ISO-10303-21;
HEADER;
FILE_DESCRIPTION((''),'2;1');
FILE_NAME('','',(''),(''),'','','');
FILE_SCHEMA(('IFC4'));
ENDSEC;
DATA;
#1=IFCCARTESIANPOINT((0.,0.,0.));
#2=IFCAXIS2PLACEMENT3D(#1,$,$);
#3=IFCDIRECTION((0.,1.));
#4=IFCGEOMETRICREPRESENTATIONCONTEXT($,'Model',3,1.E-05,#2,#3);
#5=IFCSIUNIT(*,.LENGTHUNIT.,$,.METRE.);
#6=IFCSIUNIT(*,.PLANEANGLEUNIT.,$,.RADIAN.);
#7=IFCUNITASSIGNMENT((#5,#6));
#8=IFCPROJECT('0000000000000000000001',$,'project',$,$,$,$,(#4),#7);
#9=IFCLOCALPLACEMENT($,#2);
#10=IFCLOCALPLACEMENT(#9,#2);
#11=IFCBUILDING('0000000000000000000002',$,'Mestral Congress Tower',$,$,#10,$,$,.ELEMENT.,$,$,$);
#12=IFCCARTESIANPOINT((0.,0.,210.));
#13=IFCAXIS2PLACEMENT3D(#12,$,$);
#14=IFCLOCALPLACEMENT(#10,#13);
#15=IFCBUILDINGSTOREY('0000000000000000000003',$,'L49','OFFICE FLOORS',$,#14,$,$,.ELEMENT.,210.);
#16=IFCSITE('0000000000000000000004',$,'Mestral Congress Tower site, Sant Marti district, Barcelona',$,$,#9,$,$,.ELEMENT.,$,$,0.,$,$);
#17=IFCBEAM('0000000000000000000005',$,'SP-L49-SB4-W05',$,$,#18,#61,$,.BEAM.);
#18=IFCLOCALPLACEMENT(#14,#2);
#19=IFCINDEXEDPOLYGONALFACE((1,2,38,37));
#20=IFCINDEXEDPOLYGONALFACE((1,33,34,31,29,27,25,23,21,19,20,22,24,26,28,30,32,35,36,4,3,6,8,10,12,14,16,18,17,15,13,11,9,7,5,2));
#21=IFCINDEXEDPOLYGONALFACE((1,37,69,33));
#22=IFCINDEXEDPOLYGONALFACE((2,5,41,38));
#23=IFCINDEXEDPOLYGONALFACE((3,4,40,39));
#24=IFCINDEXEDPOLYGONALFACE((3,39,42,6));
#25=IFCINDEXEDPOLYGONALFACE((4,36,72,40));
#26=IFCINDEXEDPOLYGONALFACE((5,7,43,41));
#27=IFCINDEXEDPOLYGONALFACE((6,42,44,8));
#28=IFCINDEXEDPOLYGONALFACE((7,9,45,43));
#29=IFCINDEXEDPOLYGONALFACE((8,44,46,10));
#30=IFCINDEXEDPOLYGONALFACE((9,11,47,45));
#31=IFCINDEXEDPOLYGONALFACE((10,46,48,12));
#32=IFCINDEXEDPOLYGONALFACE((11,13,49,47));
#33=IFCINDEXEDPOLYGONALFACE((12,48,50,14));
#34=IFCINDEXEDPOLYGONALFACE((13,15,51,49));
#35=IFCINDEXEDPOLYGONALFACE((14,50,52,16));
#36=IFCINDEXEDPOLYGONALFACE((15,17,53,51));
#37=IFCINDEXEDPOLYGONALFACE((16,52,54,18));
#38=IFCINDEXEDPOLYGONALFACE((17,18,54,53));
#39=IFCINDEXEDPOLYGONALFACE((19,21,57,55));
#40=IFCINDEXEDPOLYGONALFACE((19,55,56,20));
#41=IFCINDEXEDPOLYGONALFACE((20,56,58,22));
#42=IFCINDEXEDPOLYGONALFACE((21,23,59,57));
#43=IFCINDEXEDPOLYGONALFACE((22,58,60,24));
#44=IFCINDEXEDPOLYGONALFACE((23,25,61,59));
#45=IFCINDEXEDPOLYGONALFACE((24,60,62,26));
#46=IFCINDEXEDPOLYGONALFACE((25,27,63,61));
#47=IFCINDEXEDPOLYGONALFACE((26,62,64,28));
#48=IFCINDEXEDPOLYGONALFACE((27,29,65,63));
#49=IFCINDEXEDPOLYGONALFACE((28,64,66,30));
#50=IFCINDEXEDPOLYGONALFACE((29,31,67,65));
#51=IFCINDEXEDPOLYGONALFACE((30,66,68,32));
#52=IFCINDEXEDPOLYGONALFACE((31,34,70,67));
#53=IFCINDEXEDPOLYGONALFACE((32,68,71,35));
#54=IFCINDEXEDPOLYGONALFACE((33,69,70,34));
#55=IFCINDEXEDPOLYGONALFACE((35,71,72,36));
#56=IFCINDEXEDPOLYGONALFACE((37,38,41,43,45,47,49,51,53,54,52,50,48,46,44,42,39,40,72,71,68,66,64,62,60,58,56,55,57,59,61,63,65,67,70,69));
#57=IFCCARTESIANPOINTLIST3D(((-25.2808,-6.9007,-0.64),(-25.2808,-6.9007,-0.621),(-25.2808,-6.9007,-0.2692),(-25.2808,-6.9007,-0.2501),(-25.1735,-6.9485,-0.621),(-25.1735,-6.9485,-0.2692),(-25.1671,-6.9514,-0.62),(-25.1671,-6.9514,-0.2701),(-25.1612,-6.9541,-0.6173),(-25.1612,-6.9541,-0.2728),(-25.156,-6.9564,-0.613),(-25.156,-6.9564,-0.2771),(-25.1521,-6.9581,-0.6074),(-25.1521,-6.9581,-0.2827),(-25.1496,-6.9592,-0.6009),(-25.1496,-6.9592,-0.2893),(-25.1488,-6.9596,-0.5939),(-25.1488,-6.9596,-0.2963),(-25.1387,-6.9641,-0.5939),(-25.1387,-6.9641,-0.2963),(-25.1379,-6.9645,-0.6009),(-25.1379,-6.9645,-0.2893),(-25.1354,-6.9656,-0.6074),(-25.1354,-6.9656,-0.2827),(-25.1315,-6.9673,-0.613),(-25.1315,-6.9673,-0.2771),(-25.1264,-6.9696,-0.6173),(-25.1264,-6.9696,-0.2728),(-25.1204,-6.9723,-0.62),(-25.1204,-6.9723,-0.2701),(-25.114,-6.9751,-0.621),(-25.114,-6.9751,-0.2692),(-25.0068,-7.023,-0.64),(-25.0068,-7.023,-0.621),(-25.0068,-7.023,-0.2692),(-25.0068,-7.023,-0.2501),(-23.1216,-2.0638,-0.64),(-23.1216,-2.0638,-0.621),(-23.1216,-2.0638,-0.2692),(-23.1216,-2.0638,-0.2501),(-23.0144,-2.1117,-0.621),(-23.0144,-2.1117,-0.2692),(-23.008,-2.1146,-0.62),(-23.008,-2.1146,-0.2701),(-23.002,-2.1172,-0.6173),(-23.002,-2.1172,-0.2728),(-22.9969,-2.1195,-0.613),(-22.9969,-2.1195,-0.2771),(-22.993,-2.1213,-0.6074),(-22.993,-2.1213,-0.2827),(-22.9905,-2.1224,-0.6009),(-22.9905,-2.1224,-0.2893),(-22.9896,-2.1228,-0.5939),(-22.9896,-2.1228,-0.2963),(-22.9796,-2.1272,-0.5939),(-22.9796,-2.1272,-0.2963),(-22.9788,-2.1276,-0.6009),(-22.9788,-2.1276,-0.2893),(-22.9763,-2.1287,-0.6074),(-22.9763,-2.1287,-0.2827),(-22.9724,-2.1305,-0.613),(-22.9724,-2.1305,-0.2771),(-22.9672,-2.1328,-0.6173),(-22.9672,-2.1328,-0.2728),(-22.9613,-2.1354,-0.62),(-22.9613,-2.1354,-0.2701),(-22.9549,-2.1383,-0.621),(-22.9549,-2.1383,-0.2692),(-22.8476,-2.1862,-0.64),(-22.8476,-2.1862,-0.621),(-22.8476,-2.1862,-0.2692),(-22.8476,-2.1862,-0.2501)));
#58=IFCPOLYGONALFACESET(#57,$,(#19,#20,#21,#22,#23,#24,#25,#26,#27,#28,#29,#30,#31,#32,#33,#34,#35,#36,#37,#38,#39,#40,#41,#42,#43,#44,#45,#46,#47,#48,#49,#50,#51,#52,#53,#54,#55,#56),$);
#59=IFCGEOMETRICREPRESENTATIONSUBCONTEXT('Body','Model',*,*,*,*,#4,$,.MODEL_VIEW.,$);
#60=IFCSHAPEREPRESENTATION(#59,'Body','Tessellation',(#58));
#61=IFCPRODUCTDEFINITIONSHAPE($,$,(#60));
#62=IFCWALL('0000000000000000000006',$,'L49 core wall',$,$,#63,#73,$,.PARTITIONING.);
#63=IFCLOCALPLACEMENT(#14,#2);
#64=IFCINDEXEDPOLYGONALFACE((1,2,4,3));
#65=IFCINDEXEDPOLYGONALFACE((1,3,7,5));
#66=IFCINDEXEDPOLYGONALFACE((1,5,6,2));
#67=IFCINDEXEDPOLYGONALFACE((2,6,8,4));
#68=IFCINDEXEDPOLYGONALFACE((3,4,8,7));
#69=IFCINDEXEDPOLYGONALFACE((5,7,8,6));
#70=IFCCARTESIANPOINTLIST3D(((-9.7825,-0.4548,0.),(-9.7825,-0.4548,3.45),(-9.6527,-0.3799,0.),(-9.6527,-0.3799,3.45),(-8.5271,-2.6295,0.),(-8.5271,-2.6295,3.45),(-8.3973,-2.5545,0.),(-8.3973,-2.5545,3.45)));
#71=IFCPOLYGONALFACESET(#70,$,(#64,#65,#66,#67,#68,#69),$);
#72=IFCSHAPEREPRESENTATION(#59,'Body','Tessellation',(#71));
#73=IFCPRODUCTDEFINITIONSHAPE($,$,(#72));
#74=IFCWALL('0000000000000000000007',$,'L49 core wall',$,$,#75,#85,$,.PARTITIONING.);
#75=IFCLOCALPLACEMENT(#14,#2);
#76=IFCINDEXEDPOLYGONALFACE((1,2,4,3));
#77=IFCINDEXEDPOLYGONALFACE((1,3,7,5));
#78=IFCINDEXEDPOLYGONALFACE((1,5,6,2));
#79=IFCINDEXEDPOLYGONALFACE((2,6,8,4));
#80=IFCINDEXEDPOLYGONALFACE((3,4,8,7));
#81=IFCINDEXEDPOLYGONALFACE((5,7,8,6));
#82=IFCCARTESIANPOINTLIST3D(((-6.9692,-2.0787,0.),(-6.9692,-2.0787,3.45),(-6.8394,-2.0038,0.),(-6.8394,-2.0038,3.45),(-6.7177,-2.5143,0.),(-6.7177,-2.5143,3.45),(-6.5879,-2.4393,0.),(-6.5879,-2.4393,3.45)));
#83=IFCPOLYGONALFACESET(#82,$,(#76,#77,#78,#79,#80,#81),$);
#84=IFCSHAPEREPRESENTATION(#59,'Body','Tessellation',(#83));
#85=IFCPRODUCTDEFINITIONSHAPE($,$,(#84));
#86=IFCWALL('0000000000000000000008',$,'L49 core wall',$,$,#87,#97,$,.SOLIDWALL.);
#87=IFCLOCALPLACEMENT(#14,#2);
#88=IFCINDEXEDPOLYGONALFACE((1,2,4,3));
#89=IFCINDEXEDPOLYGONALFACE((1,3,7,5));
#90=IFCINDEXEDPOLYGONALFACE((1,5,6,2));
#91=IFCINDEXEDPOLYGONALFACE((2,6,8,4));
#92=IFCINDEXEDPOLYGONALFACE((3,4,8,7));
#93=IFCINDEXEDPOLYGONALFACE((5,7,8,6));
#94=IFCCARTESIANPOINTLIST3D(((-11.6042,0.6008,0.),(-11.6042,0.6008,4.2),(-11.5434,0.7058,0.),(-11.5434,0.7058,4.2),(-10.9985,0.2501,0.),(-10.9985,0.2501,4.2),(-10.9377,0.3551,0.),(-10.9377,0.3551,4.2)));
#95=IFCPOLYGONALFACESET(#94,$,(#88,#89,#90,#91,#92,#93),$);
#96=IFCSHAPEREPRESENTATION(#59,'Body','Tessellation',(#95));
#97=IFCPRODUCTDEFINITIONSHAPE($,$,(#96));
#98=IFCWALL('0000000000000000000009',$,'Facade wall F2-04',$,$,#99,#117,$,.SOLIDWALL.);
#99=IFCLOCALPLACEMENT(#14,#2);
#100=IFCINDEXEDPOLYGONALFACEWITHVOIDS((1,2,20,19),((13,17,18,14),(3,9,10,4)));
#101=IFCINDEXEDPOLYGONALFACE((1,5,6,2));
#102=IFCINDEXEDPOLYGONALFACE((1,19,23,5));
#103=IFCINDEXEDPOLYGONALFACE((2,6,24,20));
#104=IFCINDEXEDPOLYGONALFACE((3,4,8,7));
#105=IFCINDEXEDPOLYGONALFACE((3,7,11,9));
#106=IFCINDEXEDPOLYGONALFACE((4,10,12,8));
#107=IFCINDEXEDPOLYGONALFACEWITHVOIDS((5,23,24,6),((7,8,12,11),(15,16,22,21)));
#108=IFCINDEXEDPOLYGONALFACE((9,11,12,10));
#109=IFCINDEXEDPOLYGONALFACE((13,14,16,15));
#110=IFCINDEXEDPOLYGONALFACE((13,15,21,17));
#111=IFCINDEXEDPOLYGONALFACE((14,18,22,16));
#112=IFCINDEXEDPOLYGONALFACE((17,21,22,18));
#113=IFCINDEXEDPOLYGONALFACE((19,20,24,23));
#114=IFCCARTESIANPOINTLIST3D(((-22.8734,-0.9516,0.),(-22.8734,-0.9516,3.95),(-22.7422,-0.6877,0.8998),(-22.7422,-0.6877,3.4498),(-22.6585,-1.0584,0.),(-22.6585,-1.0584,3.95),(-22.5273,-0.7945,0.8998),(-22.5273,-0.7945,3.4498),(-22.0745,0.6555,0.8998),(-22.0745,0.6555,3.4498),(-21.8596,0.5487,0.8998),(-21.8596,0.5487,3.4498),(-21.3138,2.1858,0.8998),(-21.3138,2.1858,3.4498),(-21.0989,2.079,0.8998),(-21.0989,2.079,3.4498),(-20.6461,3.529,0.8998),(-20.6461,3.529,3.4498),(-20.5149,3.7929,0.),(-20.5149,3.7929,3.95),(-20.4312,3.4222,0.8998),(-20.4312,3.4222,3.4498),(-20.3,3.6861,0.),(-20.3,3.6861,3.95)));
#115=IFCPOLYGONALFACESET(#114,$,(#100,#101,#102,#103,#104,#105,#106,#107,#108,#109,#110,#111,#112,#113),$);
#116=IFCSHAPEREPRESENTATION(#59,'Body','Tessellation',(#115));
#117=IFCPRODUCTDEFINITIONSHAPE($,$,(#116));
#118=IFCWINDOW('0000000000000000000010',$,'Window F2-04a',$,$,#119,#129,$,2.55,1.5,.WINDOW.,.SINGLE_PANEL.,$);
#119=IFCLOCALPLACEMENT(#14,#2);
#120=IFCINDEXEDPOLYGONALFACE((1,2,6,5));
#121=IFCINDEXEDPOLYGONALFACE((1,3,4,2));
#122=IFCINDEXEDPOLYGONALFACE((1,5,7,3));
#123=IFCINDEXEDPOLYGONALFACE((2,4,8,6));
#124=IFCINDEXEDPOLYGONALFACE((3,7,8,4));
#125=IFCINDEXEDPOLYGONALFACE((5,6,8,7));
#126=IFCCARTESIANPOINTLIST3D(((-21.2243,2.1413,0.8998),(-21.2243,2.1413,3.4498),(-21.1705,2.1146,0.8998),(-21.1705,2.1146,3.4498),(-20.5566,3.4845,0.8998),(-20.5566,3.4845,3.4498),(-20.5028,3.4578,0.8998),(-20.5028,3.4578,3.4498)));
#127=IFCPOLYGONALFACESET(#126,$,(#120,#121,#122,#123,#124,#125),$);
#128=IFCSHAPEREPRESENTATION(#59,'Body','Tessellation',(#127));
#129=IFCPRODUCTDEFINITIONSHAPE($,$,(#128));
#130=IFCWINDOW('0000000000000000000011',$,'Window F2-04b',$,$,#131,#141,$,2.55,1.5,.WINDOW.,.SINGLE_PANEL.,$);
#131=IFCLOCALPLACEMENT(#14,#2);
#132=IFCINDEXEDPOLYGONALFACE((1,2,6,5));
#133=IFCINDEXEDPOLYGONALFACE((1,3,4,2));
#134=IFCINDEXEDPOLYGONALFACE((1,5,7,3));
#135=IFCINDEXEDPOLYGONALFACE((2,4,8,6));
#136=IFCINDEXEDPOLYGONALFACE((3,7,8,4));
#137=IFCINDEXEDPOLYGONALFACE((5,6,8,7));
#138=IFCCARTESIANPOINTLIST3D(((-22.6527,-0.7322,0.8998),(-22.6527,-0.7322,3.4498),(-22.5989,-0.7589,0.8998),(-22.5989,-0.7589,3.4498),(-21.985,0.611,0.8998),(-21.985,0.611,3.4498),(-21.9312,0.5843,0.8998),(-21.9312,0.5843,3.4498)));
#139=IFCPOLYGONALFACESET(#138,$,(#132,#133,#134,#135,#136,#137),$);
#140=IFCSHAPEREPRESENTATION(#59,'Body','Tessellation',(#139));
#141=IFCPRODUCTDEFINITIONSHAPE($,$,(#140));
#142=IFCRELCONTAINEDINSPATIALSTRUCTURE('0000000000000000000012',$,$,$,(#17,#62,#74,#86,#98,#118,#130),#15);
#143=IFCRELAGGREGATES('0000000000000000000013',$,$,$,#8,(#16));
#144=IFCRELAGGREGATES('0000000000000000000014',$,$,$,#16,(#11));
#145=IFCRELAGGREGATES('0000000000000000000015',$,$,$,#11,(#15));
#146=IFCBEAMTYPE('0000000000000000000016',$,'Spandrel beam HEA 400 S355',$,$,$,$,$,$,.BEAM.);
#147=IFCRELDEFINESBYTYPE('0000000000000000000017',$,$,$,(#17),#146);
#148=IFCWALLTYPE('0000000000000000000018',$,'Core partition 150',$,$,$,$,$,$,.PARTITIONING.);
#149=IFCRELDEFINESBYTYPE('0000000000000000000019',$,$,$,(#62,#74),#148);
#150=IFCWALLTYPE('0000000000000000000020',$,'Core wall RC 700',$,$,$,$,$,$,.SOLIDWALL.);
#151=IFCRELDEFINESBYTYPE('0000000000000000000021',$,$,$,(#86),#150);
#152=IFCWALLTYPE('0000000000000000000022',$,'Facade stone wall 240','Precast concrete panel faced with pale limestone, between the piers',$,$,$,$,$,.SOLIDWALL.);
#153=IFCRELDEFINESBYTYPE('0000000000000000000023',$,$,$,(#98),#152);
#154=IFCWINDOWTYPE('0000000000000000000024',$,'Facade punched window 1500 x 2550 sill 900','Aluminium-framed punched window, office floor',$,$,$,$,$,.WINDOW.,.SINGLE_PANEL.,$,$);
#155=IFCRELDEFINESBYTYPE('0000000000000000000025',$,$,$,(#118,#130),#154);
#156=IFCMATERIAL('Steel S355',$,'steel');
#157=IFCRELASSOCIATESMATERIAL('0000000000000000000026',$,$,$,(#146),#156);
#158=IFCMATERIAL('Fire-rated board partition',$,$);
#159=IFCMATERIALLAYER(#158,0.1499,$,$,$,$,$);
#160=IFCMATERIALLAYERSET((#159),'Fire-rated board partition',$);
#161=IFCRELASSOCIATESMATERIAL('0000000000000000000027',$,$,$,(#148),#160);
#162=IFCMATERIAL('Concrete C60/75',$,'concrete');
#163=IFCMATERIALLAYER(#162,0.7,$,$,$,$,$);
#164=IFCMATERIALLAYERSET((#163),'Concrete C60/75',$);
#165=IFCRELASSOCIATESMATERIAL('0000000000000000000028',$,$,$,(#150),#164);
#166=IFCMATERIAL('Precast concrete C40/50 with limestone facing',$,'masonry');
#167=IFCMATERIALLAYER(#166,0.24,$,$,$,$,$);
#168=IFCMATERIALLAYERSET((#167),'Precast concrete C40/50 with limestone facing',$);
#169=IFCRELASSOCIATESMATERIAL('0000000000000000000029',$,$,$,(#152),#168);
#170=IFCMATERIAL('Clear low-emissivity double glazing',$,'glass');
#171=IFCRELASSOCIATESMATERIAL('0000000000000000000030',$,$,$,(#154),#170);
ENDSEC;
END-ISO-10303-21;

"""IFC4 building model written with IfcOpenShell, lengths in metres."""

from ifc_helpers import new_model, si_unit, direction, frame, frame_2d, origin, origin_2d, place, context, subcontext, project, spatial, rectangle, i_section, extrude, material, layer, layer_set, material_profile, profile_set, type_object, element, fill, save


model = new_model("IFC4")

# Units and contexts
model_context = context("Model", 3, precision=1e-05, world=origin(), true_north=direction((0.0, 1.0)))
body_context = subcontext(model_context, "Body", "Model", "MODEL_VIEW")
ifc_project = project(units=[si_unit("LENGTHUNIT", "METRE"), si_unit("PLANEANGLEUNIT", "RADIAN")], contexts=[model_context])

# Site, building, storey
site_placement = place(None, origin())
site = spatial("IfcSite", under=ifc_project, at=site_placement, Name="Mestral Congress Tower site, Sant Marti district, Barcelona", CompositionType="ELEMENT", RefElevation=0.0)
building_placement = place(site_placement, origin())
building = spatial("IfcBuilding", under=site, at=building_placement, Name="Mestral Congress Tower", CompositionType="ELEMENT")
storey_placement = place(building_placement, frame((0.0, 0.0, 210.0)))
storey = spatial("IfcBuildingStorey", under=building, at=storey_placement, Name="L49", Description="OFFICE FLOORS", CompositionType="ELEMENT", Elevation=210.0)

# Shared definitions
ifc_material_1 = material(Name="Concrete C60/75", Category="concrete")

# Beam
ifc_material_2 = material(Name="Steel S355", Category="steel")
ifc_material_profile_1 = material_profile(ifc_material_2, i_section(OverallWidth=0.3, OverallDepth=0.3899, WebThickness=0.011, FlangeThickness=0.019, FilletRadius=0.0271, at=origin_2d()), Name="HEA 400")
ifc_profile_set_1 = profile_set([ifc_material_profile_1], Name="Steel S355")
beam_type_1 = type_object("IfcBeamType", Name="Spandrel beam HEA 400 S355", PredefinedType="BEAM", material=ifc_profile_set_1)
beam_1_placement = place(storey_placement, frame((-22.9846, -2.125, -0.4451), z_axis=(-0.407626, -0.913149, 0.0), x_axis=(0.913149, -0.407626, 0.0)))
element("IfcBeam", 1, at=beam_1_placement, inside=storey, type_object=beam_type_1, Name="SP-L49-SB4-W05", PredefinedType="BEAM", context=body_context, shape_type="SweptSolid", body=[
    extrude(i_section(OverallWidth=0.3, OverallDepth=0.3899, WebThickness=0.011, FlangeThickness=0.019, FilletRadius=0.0271, at=origin_2d()), origin(), (0.0, 0.0, 1.0), 5.2969),
])

# Walls
ifc_material_3 = material(Name="Fire-rated board partition")
ifc_layer_1 = layer(ifc_material_3, 0.1499)
ifc_layer_set_1 = layer_set([ifc_layer_1], Name="Fire-rated board partition")
wall_type_1 = type_object("IfcWallType", Name="Core partition 150", PredefinedType="PARTITIONING", material=ifc_layer_set_1)
wall_1_placement = place(storey_placement, frame((-9.7175, -0.4175, 0.0), z_axis=(0.0, 0.0, 1.0), x_axis=(0.499967, -0.866045, 0.0)))
element("IfcWall", 2, at=wall_1_placement, inside=storey, type_object=wall_type_1, Name="L49 core wall", PredefinedType="PARTITIONING", context=body_context, shape_type="SweptSolid", body=[
    extrude(rectangle(XDim=2.511, YDim=0.1499, at=frame_2d((1.2554, 0.0))), origin(), (0.0, 0.0, 1.0), 3.45),
])
wall_2_placement = place(storey_placement, frame((-6.6528, -2.4768, 0.0), z_axis=(0.0, 0.0, 1.0), x_axis=(-0.500003, 0.866024, 0.0)))
element("IfcWall", 3, at=wall_2_placement, inside=storey, type_object=wall_type_1, Name="L49 core wall", PredefinedType="PARTITIONING", context=body_context, shape_type="SweptSolid", body=[
    extrude(rectangle(XDim=0.5029, YDim=0.1499, at=frame_2d((0.2515, 0.0))), origin(), (0.0, 0.0, 1.0), 3.45),
])
ifc_layer_2 = layer(ifc_material_1, 0.7)
ifc_layer_set_2 = layer_set([ifc_layer_2], Name="Concrete C60/75")
wall_type_2 = type_object("IfcWallType", Name="Core wall RC 700", PredefinedType="SOLIDWALL", material=ifc_layer_set_2)
wall_3_placement = place(storey_placement, frame((-11.3013, 0.4255, 0.0), z_axis=(0.0, 0.0, 1.0), x_axis=(0.501116, 0.86538, 0.0)))
element("IfcWall", 4, at=wall_3_placement, inside=storey, type_object=wall_type_2, Name="L49 core wall", PredefinedType="SOLIDWALL", context=body_context, shape_type="SweptSolid", body=[
    extrude(rectangle(XDim=0.1213, YDim=0.7, at=frame_2d((0.0605, 0.0))), origin(), (0.0, 0.0, 1.0), 4.2),
])

# Wall, openings, windows
ifc_material_4 = material(Name="Precast concrete C40/50 with limestone facing", Category="masonry")
ifc_layer_3 = layer(ifc_material_4, 0.24)
ifc_layer_set_3 = layer_set([ifc_layer_3], Name="Precast concrete C40/50 with limestone facing")
wall_type_3 = type_object("IfcWallType", Name="Facade stone wall 240", Description="Precast concrete panel faced with pale limestone, between the piers", PredefinedType="SOLIDWALL", material=ifc_layer_set_3)
wall_4_placement = place(storey_placement, frame((-20.4075, 3.7395, 0.0), z_axis=(0.0, 0.0, 1.0), x_axis=(-0.44513, -0.895466, 0.0)))
wall_4 = element("IfcWall", 5, at=wall_4_placement, inside=storey, type_object=wall_type_3, Name="Facade wall F2-04", PredefinedType="SOLIDWALL", context=body_context, shape_type="SweptSolid", body=[
    extrude(rectangle(XDim=5.2983, YDim=0.24, at=frame_2d((2.6492, 0.0))), origin(), (0.0, 0.0, 1.0), 3.95),
])
opening_1_placement = place(wall_4_placement, frame((0.2947, 0.0, 0.8999)))
opening_1 = element("IfcOpeningElement", 6, at=opening_1_placement, cuts=wall_4, PredefinedType="OPENING", context=body_context, shape_type="SweptSolid", body=[
    extrude(rectangle(XDim=1.5, YDim=2.55, at=frame_2d((0.75, 1.2749))), frame((0.0, 0.1299, 0.0), z_axis=(0.0, -1.0, 0.0), x_axis=(1.0, 0.0, 0.0)), (0.0, 0.0, 1.0), 0.26),
])
opening_2_placement = place(wall_4_placement, frame((3.5037, 0.0, 0.8999)))
opening_2 = element("IfcOpeningElement", 7, at=opening_2_placement, cuts=wall_4, PredefinedType="OPENING", context=body_context, shape_type="SweptSolid", body=[
    extrude(rectangle(XDim=1.5, YDim=2.55, at=frame_2d((0.75, 1.2749))), frame((0.0, 0.1299, 0.0), z_axis=(0.0, -1.0, 0.0), x_axis=(1.0, 0.0, 0.0)), (0.0, 0.0, 1.0), 0.26),
])
ifc_material_5 = material(Name="Clear low-emissivity double glazing", Category="glass")
window_type = type_object("IfcWindowType", Name="Facade punched window 1500 x 2550 sill 900", Description="Aluminium-framed punched window, office floor", PartitioningType="SINGLE_PANEL", PredefinedType="WINDOW", material=ifc_material_5)
window_1_placement = place(opening_1_placement, origin())
window_1 = element("IfcWindow", 8, at=window_1_placement, inside=storey, type_object=window_type, Name="Window F2-04a", OverallHeight=2.55, OverallWidth=1.5, PartitioningType="SINGLE_PANEL", PredefinedType="WINDOW", context=body_context, shape_type="SweptSolid", body=[
    extrude(rectangle(XDim=1.5, YDim=2.55, at=frame_2d((0.75, 1.2749))), frame((0.0, 0.04, 0.0), z_axis=(0.0, -1.0, 0.0), x_axis=(1.0, 0.0, 0.0)), (0.0, 0.0, 1.0), 0.0601),
])
fill(opening_1, window_1)
window_2_placement = place(opening_2_placement, origin())
window_2 = element("IfcWindow", 9, at=window_2_placement, inside=storey, type_object=window_type, Name="Window F2-04b", OverallHeight=2.55, OverallWidth=1.5, PartitioningType="SINGLE_PANEL", PredefinedType="WINDOW", context=body_context, shape_type="SweptSolid", body=[
    extrude(rectangle(XDim=1.5, YDim=2.55, at=frame_2d((0.75, 1.2749))), frame((0.0, 0.04, 0.0), z_axis=(0.0, -1.0, 0.0), x_axis=(1.0, 0.0, 0.0)), (0.0, 0.0, 1.0), 0.0601),
])
fill(opening_2, window_2)

save(model, "model.ifc")
